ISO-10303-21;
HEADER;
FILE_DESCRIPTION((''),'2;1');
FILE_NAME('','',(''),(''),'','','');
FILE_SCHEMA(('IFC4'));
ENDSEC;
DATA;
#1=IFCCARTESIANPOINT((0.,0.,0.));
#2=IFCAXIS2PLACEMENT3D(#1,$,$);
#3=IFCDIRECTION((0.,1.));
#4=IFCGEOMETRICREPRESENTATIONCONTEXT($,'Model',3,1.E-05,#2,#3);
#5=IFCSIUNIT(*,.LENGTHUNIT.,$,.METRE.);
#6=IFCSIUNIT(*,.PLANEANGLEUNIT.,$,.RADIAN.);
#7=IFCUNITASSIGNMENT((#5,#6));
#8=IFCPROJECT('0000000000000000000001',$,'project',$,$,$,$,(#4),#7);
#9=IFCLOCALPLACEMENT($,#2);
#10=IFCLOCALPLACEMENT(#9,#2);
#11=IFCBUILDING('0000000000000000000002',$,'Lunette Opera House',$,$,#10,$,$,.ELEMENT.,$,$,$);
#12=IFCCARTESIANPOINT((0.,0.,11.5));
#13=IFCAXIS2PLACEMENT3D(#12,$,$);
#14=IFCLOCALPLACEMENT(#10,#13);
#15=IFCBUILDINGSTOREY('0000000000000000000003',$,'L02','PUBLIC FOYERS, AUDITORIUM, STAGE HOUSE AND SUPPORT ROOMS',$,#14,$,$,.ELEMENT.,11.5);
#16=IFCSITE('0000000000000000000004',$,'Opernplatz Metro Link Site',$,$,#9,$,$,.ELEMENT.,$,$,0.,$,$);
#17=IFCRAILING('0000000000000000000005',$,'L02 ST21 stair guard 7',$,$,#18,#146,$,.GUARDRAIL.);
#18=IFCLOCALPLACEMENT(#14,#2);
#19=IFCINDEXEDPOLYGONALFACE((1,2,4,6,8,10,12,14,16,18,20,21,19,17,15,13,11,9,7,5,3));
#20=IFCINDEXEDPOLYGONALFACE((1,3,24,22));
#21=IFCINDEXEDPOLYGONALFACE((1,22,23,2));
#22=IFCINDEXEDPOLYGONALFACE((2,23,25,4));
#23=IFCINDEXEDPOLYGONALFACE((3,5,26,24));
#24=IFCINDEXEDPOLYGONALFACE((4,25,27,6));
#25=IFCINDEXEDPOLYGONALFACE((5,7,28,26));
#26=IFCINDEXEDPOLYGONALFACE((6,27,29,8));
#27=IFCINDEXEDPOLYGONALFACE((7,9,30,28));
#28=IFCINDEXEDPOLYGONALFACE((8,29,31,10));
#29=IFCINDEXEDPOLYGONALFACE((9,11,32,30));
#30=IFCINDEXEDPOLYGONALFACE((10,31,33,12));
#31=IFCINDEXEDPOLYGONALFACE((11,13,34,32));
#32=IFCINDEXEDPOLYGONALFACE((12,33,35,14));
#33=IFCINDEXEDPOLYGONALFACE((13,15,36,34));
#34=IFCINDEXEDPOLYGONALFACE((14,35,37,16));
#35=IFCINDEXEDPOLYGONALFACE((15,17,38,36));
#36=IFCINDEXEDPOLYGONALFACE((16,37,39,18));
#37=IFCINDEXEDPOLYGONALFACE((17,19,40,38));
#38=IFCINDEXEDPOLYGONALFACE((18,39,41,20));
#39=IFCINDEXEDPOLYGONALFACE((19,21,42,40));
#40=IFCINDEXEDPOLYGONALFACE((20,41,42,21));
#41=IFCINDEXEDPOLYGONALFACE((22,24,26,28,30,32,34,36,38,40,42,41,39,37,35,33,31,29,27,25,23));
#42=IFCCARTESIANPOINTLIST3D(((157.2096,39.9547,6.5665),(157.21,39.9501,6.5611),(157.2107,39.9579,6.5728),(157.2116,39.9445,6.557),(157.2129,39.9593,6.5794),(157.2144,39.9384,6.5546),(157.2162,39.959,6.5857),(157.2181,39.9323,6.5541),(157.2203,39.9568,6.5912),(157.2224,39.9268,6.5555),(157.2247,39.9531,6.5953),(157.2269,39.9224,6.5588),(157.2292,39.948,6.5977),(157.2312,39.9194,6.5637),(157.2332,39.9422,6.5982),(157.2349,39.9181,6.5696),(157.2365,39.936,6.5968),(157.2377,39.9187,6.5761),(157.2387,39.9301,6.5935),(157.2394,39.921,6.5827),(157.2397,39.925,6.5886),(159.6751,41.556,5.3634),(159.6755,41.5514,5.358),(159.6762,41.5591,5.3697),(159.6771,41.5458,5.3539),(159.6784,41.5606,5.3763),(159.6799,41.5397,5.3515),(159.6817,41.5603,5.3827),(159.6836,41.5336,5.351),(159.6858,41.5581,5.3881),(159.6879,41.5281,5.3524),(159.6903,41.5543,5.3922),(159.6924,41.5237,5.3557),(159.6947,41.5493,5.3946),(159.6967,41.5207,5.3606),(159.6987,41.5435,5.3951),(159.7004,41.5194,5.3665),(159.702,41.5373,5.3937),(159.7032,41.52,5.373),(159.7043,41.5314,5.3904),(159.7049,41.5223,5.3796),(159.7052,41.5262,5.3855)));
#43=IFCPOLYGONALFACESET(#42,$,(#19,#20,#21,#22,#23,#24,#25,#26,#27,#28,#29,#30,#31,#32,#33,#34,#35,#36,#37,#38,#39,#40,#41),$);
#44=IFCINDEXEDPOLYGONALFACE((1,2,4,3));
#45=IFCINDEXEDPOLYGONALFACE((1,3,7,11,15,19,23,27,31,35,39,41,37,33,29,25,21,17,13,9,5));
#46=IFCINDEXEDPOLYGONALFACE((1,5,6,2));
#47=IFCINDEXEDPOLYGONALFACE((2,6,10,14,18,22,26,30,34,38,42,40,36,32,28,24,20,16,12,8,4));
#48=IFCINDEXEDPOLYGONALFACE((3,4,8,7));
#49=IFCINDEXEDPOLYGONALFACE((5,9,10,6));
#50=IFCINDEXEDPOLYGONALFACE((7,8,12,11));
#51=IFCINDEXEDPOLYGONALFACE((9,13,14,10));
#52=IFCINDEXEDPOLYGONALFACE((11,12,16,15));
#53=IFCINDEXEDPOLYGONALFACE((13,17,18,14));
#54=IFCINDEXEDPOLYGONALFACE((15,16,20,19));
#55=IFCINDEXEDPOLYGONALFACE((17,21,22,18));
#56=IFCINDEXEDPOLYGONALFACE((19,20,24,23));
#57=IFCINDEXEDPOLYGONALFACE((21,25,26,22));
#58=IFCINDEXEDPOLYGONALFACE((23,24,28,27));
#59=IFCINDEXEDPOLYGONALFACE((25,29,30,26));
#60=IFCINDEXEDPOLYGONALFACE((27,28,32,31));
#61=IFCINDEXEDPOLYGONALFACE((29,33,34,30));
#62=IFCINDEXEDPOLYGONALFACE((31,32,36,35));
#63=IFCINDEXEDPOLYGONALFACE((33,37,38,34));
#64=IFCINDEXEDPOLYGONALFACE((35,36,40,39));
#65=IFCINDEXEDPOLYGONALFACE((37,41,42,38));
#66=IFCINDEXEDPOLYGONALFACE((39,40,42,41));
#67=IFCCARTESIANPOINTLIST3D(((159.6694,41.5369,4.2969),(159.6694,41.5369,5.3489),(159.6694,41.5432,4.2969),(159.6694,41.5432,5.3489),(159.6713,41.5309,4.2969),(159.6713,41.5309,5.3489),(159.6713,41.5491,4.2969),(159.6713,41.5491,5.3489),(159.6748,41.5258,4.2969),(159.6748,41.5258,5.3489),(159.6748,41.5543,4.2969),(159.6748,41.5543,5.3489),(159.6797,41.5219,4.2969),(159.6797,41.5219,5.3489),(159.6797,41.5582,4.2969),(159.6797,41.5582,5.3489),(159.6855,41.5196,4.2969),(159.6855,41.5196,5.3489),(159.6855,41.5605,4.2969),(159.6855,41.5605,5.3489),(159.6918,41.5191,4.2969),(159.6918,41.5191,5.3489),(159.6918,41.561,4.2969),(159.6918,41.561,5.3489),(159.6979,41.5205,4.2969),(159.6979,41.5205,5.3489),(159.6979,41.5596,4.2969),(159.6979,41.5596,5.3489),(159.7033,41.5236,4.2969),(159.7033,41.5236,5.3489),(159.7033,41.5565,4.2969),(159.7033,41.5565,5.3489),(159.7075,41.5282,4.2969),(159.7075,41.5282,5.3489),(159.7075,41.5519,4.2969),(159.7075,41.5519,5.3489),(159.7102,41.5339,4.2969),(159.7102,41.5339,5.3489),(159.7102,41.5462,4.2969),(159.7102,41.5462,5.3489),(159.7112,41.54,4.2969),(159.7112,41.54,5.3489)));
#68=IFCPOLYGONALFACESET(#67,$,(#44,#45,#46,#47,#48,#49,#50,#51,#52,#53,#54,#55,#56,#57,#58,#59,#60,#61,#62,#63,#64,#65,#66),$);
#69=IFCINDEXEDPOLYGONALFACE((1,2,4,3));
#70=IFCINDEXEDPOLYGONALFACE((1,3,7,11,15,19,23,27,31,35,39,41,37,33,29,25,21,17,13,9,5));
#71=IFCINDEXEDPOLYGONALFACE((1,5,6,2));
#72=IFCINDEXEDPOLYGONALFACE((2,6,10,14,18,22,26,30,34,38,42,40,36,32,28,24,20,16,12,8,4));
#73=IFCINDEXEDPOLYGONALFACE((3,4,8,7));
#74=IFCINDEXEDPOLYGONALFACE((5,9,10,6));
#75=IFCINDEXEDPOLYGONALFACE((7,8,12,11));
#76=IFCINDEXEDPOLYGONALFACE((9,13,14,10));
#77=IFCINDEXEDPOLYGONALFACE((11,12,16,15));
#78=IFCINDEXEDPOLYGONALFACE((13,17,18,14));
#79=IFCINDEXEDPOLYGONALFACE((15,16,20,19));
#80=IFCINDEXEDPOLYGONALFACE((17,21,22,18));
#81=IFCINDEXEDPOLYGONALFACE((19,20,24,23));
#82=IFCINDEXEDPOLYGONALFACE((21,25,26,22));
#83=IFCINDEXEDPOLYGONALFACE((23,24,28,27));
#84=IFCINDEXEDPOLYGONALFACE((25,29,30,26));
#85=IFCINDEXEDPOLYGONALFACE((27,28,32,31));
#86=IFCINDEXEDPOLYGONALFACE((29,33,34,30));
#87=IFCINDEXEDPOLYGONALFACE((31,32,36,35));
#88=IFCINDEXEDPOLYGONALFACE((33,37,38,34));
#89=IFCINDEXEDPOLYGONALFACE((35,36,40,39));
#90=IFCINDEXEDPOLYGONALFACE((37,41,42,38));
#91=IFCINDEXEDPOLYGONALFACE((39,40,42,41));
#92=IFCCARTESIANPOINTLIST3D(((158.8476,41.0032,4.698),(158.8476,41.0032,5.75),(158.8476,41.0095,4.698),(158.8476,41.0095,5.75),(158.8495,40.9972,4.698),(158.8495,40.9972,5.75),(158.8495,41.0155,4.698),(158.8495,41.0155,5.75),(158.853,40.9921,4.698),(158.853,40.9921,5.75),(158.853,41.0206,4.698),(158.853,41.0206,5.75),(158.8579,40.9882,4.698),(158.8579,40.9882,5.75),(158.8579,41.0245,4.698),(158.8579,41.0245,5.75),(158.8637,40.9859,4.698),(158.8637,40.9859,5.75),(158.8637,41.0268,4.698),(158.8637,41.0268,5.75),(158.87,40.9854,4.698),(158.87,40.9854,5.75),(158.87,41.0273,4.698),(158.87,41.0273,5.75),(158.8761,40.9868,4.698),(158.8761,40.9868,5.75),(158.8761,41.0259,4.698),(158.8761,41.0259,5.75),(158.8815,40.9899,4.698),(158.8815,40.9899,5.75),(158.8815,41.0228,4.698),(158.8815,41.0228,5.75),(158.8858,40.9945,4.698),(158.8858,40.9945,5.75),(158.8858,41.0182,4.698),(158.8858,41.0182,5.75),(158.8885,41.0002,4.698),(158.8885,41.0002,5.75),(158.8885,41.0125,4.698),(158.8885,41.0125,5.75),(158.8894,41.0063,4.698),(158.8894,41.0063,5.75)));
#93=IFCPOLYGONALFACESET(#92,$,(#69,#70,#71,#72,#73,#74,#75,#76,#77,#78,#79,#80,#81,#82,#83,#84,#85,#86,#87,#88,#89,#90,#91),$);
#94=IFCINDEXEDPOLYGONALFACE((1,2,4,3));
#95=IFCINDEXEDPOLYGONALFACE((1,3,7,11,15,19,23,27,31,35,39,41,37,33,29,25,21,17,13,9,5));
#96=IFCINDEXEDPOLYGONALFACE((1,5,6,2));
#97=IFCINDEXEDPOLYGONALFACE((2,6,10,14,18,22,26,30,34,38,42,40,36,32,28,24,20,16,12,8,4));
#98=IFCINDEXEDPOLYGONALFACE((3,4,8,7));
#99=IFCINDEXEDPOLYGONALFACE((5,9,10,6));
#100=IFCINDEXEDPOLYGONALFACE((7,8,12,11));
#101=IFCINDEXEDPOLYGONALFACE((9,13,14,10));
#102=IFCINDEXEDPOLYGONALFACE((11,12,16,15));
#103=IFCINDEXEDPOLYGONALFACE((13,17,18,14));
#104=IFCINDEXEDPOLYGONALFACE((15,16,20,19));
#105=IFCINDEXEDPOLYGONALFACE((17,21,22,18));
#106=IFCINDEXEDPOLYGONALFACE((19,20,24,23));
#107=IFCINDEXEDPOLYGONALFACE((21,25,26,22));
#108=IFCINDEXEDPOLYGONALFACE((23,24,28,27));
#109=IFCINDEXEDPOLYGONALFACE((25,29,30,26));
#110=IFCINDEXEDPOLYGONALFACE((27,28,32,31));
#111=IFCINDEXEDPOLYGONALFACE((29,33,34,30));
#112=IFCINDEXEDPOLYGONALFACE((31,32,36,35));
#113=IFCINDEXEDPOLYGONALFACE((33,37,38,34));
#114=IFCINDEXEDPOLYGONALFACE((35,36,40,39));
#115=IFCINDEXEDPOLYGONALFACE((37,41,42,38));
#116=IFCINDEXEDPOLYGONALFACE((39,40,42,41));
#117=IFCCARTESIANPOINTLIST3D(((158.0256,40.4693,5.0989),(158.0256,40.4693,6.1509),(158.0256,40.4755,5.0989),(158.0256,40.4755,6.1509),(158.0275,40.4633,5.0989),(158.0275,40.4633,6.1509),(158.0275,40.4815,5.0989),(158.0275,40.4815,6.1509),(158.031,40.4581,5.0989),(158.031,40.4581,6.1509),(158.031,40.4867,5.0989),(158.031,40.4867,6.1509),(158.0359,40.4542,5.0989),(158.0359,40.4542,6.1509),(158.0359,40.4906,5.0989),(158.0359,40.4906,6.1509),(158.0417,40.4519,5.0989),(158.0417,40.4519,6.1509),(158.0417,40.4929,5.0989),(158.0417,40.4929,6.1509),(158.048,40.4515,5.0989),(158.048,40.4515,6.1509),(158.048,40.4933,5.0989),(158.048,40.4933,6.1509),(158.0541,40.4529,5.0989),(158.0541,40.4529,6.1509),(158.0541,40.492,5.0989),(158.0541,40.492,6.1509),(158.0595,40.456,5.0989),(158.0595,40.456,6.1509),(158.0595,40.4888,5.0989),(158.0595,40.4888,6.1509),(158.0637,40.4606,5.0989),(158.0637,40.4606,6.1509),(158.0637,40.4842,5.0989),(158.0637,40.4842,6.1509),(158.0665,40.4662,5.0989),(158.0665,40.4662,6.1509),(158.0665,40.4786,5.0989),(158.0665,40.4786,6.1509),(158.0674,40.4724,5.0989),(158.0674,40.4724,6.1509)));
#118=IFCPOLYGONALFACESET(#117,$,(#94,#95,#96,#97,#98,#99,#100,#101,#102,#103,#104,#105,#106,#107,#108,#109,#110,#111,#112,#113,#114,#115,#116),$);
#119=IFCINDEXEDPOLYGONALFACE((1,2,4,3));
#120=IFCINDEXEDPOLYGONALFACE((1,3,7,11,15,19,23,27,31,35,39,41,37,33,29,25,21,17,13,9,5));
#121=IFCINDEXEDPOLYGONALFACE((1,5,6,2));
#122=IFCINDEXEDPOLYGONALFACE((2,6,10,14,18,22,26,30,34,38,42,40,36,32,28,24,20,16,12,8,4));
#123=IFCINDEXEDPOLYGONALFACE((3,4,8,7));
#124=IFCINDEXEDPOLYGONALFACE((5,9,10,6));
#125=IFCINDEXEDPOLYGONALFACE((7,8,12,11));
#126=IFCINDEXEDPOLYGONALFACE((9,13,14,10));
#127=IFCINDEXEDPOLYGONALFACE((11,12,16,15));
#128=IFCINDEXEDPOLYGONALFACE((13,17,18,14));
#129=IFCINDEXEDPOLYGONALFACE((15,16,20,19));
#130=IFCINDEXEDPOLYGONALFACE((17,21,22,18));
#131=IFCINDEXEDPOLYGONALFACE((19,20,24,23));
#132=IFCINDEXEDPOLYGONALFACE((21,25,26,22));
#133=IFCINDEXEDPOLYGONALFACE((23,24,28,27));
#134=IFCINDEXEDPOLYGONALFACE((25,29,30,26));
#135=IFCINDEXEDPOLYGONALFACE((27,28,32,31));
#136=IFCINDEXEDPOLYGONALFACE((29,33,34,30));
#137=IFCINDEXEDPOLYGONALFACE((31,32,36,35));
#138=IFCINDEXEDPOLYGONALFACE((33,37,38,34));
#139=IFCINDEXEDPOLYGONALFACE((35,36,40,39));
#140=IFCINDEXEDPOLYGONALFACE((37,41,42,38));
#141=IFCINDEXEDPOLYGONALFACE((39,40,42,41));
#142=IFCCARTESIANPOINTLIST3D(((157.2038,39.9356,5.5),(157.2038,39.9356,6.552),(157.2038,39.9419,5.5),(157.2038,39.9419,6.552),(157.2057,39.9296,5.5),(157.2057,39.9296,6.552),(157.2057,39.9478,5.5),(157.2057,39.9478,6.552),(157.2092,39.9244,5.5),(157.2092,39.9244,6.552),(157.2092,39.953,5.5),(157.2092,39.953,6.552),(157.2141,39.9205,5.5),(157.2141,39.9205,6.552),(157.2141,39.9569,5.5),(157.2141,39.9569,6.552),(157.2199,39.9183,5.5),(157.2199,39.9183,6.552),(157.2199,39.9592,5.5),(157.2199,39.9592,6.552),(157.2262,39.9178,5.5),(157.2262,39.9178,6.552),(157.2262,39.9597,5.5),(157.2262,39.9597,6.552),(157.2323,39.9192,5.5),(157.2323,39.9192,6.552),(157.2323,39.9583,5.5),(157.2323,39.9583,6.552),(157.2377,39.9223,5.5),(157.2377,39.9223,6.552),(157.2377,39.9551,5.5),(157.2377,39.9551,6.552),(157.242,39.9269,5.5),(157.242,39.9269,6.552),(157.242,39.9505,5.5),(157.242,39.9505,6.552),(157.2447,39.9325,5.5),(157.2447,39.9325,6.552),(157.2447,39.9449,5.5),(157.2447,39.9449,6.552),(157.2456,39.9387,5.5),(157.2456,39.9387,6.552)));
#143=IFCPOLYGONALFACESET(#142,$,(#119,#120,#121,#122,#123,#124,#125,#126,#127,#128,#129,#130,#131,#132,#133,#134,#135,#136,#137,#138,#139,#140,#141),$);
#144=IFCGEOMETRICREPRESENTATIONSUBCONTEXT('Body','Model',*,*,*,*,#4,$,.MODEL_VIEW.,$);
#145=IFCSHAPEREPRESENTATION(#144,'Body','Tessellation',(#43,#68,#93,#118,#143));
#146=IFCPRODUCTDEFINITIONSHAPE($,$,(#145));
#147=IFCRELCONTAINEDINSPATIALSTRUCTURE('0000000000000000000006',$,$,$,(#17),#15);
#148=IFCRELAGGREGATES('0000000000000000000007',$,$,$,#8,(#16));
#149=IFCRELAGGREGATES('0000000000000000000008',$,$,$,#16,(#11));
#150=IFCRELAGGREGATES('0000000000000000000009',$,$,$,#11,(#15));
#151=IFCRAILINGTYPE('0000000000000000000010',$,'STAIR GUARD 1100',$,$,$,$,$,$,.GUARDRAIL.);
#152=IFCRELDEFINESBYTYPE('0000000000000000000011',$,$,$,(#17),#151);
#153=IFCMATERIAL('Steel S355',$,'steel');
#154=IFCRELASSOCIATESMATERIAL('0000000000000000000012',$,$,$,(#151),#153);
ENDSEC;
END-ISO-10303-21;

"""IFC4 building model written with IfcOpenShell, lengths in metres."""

from ifc_helpers import new_model, si_unit, direction, frame, origin, origin_2d, place, context, subcontext, project, spatial, circle, extrude, material, type_object, element, save


model = new_model("IFC4")

# Units and contexts
model_context = context("Model", 3, precision=1e-05, world=origin(), true_north=direction((0.0, 1.0)))
body_context = subcontext(model_context, "Body", "Model", "MODEL_VIEW")
ifc_project = project(units=[si_unit("LENGTHUNIT", "METRE"), si_unit("PLANEANGLEUNIT", "RADIAN")], contexts=[model_context])

# Site, building, storey
site_placement = place(None, origin())
site = spatial("IfcSite", under=ifc_project, at=site_placement, Name="Opernplatz Metro Link Site", CompositionType="ELEMENT", RefElevation=0.0)
building_placement = place(site_placement, origin())
building = spatial("IfcBuilding", under=site, at=building_placement, Name="Lunette Opera House", CompositionType="ELEMENT")
storey_placement = place(building_placement, frame((0.0, 0.0, 11.5)))
storey = spatial("IfcBuildingStorey", under=building, at=storey_placement, Name="L02", Description="PUBLIC FOYERS, AUDITORIUM, STAGE HOUSE AND SUPPORT ROOMS", CompositionType="ELEMENT", Elevation=11.5)

# Railing
ifc_material_1 = material(Name="Steel S355", Category="steel")
railing_type_1 = type_object("IfcRailingType", Name="STAIR GUARD 1100", PredefinedType="GUARDRAIL", material=ifc_material_1)
railing_1_placement = place(storey_placement, frame((159.6902, 41.54, 4.2969)))
element("IfcRailing", 1, at=railing_1_placement, inside=storey, type_object=railing_type_1, Name="L02 ST21 stair guard 7", PredefinedType="GUARDRAIL", context=body_context, shape_type="SweptSolid", body=[
    extrude(circle(Radius=0.0239, at=origin_2d()), frame((0.0, 0.0, 1.0762), z_axis=(-0.776168, -0.504098, 0.378746), x_axis=(0.544676, -0.838647, 0.0)), (0.0, 0.0, 1.0), 3.1765),
    extrude(circle(Radius=0.021, at=origin_2d()), origin(), (0.0, 0.0, 1.0), 1.052),
    extrude(circle(Radius=0.021, at=origin_2d()), frame((-0.8218, -0.5337, 0.4011)), (0.0, 0.0, 1.0), 1.052),
    extrude(circle(Radius=0.021, at=origin_2d()), frame((-1.6438, -1.0676, 0.802)), (0.0, 0.0, 1.0), 1.052),
    extrude(circle(Radius=0.021, at=origin_2d()), frame((-2.4656, -1.6013, 1.2031)), (0.0, 0.0, 1.0), 1.052),
])

save(model, "model.ifc")
